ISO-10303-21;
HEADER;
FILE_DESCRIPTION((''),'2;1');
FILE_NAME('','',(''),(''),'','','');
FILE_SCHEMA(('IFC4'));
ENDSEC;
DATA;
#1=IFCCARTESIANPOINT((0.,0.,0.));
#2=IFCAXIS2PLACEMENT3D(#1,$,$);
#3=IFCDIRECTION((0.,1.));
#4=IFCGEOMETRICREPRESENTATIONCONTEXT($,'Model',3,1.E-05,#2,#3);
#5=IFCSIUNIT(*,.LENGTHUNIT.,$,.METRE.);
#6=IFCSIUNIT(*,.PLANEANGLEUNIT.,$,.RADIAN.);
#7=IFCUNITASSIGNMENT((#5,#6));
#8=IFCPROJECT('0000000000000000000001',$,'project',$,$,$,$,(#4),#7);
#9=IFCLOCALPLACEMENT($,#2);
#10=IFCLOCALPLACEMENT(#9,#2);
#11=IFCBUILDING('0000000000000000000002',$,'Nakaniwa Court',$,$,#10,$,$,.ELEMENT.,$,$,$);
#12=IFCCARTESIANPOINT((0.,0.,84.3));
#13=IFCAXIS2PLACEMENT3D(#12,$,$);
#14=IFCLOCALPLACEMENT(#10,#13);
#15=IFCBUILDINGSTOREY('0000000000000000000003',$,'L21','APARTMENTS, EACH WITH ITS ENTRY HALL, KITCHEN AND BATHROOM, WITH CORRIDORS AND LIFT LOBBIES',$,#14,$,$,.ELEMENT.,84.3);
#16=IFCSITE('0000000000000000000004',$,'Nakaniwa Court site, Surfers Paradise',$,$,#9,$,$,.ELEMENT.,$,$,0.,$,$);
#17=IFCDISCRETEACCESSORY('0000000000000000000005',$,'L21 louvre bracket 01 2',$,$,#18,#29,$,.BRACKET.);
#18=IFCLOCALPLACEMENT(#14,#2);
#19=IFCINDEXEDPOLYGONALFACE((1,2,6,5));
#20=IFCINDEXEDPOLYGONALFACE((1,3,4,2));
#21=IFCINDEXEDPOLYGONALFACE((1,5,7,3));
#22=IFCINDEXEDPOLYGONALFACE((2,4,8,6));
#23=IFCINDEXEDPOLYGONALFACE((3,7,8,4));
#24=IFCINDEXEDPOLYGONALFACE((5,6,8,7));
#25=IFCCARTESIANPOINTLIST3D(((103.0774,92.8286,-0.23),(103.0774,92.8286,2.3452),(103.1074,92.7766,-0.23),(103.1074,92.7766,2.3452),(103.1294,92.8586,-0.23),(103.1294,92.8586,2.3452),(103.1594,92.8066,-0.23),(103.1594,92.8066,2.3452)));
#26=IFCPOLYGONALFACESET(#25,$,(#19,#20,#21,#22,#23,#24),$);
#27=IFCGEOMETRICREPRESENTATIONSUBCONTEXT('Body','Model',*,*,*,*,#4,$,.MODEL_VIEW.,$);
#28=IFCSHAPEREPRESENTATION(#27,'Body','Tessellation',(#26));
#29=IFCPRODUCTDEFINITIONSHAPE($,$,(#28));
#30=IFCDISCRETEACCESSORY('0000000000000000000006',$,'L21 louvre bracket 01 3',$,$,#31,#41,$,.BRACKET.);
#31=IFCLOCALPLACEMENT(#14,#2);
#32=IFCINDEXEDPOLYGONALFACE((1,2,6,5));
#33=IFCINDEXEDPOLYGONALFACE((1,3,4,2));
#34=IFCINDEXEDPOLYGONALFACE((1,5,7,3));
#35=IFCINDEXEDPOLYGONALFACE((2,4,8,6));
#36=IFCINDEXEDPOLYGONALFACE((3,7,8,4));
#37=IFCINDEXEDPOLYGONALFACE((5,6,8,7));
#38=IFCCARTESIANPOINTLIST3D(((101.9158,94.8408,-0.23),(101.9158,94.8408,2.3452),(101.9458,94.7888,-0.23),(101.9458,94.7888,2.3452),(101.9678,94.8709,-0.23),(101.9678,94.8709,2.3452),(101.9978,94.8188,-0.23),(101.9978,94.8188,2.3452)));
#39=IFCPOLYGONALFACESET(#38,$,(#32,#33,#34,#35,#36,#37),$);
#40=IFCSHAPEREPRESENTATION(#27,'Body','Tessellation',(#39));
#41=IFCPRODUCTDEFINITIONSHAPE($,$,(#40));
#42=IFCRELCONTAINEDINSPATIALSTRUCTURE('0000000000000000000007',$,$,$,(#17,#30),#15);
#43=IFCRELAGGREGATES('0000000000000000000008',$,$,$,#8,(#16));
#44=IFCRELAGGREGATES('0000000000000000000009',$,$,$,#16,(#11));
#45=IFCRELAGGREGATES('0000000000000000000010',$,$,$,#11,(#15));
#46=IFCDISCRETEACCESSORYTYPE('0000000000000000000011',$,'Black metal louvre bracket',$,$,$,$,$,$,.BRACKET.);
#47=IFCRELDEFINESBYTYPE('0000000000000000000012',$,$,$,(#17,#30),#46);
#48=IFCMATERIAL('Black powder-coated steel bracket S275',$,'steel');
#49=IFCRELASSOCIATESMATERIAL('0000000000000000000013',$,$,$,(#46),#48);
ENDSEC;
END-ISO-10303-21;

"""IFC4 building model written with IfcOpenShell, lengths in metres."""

from ifc_helpers import new_model, si_unit, direction, frame, origin, origin_2d, place, context, subcontext, project, spatial, rectangle, extrude, material, type_object, element, save


model = new_model("IFC4")

# Units and contexts
model_context = context("Model", 3, precision=1e-05, world=origin(), true_north=direction((0.0, 1.0)))
body_context = subcontext(model_context, "Body", "Model", "MODEL_VIEW")
ifc_project = project(units=[si_unit("LENGTHUNIT", "METRE"), si_unit("PLANEANGLEUNIT", "RADIAN")], contexts=[model_context])

# Site, building, storey
site_placement = place(None, origin())
site = spatial("IfcSite", under=ifc_project, at=site_placement, Name="Nakaniwa Court site, Surfers Paradise", CompositionType="ELEMENT", RefElevation=0.0)
building_placement = place(site_placement, origin())
building = spatial("IfcBuilding", under=site, at=building_placement, Name="Nakaniwa Court", CompositionType="ELEMENT")
storey_placement = place(building_placement, frame((0.0, 0.0, 84.3)))
storey = spatial("IfcBuildingStorey", under=building, at=storey_placement, Name="L21", Description="APARTMENTS, EACH WITH ITS ENTRY HALL, KITCHEN AND BATHROOM, WITH CORRIDORS AND LIFT LOBBIES", CompositionType="ELEMENT", Elevation=84.3)

# Discrete accessories
ifc_material_1 = material(Name="Black powder-coated steel bracket S275", Category="steel")
discrete_accessory_type = type_object("IfcDiscreteAccessoryType", Name="Black metal louvre bracket", PredefinedType="BRACKET", material=ifc_material_1)
for number, where, z_axis, x_axis, name in (
    (1, (103.1184, 92.8176, -0.23), (0.0, 0.0, 1.0), (-0.499974, 0.86604, 0.0), "L21 louvre bracket 01 2"),
    (2, (101.9568, 94.8298, -0.23), (0.0, 0.0, 1.0), (-0.499974, 0.86604, 0.0), "L21 louvre bracket 01 3"),
):
    element("IfcDiscreteAccessory", number, at=place(storey_placement, frame(where, z_axis=z_axis, x_axis=x_axis)), inside=storey, type_object=discrete_accessory_type, Name=name, PredefinedType="BRACKET", context=body_context, shape_type="SweptSolid", body=[
        extrude(rectangle(XDim=0.0601, YDim=0.0601, at=origin_2d()), origin(), (0.0, 0.0, 1.0), 2.5752),
    ])

save(model, "model.ifc")
